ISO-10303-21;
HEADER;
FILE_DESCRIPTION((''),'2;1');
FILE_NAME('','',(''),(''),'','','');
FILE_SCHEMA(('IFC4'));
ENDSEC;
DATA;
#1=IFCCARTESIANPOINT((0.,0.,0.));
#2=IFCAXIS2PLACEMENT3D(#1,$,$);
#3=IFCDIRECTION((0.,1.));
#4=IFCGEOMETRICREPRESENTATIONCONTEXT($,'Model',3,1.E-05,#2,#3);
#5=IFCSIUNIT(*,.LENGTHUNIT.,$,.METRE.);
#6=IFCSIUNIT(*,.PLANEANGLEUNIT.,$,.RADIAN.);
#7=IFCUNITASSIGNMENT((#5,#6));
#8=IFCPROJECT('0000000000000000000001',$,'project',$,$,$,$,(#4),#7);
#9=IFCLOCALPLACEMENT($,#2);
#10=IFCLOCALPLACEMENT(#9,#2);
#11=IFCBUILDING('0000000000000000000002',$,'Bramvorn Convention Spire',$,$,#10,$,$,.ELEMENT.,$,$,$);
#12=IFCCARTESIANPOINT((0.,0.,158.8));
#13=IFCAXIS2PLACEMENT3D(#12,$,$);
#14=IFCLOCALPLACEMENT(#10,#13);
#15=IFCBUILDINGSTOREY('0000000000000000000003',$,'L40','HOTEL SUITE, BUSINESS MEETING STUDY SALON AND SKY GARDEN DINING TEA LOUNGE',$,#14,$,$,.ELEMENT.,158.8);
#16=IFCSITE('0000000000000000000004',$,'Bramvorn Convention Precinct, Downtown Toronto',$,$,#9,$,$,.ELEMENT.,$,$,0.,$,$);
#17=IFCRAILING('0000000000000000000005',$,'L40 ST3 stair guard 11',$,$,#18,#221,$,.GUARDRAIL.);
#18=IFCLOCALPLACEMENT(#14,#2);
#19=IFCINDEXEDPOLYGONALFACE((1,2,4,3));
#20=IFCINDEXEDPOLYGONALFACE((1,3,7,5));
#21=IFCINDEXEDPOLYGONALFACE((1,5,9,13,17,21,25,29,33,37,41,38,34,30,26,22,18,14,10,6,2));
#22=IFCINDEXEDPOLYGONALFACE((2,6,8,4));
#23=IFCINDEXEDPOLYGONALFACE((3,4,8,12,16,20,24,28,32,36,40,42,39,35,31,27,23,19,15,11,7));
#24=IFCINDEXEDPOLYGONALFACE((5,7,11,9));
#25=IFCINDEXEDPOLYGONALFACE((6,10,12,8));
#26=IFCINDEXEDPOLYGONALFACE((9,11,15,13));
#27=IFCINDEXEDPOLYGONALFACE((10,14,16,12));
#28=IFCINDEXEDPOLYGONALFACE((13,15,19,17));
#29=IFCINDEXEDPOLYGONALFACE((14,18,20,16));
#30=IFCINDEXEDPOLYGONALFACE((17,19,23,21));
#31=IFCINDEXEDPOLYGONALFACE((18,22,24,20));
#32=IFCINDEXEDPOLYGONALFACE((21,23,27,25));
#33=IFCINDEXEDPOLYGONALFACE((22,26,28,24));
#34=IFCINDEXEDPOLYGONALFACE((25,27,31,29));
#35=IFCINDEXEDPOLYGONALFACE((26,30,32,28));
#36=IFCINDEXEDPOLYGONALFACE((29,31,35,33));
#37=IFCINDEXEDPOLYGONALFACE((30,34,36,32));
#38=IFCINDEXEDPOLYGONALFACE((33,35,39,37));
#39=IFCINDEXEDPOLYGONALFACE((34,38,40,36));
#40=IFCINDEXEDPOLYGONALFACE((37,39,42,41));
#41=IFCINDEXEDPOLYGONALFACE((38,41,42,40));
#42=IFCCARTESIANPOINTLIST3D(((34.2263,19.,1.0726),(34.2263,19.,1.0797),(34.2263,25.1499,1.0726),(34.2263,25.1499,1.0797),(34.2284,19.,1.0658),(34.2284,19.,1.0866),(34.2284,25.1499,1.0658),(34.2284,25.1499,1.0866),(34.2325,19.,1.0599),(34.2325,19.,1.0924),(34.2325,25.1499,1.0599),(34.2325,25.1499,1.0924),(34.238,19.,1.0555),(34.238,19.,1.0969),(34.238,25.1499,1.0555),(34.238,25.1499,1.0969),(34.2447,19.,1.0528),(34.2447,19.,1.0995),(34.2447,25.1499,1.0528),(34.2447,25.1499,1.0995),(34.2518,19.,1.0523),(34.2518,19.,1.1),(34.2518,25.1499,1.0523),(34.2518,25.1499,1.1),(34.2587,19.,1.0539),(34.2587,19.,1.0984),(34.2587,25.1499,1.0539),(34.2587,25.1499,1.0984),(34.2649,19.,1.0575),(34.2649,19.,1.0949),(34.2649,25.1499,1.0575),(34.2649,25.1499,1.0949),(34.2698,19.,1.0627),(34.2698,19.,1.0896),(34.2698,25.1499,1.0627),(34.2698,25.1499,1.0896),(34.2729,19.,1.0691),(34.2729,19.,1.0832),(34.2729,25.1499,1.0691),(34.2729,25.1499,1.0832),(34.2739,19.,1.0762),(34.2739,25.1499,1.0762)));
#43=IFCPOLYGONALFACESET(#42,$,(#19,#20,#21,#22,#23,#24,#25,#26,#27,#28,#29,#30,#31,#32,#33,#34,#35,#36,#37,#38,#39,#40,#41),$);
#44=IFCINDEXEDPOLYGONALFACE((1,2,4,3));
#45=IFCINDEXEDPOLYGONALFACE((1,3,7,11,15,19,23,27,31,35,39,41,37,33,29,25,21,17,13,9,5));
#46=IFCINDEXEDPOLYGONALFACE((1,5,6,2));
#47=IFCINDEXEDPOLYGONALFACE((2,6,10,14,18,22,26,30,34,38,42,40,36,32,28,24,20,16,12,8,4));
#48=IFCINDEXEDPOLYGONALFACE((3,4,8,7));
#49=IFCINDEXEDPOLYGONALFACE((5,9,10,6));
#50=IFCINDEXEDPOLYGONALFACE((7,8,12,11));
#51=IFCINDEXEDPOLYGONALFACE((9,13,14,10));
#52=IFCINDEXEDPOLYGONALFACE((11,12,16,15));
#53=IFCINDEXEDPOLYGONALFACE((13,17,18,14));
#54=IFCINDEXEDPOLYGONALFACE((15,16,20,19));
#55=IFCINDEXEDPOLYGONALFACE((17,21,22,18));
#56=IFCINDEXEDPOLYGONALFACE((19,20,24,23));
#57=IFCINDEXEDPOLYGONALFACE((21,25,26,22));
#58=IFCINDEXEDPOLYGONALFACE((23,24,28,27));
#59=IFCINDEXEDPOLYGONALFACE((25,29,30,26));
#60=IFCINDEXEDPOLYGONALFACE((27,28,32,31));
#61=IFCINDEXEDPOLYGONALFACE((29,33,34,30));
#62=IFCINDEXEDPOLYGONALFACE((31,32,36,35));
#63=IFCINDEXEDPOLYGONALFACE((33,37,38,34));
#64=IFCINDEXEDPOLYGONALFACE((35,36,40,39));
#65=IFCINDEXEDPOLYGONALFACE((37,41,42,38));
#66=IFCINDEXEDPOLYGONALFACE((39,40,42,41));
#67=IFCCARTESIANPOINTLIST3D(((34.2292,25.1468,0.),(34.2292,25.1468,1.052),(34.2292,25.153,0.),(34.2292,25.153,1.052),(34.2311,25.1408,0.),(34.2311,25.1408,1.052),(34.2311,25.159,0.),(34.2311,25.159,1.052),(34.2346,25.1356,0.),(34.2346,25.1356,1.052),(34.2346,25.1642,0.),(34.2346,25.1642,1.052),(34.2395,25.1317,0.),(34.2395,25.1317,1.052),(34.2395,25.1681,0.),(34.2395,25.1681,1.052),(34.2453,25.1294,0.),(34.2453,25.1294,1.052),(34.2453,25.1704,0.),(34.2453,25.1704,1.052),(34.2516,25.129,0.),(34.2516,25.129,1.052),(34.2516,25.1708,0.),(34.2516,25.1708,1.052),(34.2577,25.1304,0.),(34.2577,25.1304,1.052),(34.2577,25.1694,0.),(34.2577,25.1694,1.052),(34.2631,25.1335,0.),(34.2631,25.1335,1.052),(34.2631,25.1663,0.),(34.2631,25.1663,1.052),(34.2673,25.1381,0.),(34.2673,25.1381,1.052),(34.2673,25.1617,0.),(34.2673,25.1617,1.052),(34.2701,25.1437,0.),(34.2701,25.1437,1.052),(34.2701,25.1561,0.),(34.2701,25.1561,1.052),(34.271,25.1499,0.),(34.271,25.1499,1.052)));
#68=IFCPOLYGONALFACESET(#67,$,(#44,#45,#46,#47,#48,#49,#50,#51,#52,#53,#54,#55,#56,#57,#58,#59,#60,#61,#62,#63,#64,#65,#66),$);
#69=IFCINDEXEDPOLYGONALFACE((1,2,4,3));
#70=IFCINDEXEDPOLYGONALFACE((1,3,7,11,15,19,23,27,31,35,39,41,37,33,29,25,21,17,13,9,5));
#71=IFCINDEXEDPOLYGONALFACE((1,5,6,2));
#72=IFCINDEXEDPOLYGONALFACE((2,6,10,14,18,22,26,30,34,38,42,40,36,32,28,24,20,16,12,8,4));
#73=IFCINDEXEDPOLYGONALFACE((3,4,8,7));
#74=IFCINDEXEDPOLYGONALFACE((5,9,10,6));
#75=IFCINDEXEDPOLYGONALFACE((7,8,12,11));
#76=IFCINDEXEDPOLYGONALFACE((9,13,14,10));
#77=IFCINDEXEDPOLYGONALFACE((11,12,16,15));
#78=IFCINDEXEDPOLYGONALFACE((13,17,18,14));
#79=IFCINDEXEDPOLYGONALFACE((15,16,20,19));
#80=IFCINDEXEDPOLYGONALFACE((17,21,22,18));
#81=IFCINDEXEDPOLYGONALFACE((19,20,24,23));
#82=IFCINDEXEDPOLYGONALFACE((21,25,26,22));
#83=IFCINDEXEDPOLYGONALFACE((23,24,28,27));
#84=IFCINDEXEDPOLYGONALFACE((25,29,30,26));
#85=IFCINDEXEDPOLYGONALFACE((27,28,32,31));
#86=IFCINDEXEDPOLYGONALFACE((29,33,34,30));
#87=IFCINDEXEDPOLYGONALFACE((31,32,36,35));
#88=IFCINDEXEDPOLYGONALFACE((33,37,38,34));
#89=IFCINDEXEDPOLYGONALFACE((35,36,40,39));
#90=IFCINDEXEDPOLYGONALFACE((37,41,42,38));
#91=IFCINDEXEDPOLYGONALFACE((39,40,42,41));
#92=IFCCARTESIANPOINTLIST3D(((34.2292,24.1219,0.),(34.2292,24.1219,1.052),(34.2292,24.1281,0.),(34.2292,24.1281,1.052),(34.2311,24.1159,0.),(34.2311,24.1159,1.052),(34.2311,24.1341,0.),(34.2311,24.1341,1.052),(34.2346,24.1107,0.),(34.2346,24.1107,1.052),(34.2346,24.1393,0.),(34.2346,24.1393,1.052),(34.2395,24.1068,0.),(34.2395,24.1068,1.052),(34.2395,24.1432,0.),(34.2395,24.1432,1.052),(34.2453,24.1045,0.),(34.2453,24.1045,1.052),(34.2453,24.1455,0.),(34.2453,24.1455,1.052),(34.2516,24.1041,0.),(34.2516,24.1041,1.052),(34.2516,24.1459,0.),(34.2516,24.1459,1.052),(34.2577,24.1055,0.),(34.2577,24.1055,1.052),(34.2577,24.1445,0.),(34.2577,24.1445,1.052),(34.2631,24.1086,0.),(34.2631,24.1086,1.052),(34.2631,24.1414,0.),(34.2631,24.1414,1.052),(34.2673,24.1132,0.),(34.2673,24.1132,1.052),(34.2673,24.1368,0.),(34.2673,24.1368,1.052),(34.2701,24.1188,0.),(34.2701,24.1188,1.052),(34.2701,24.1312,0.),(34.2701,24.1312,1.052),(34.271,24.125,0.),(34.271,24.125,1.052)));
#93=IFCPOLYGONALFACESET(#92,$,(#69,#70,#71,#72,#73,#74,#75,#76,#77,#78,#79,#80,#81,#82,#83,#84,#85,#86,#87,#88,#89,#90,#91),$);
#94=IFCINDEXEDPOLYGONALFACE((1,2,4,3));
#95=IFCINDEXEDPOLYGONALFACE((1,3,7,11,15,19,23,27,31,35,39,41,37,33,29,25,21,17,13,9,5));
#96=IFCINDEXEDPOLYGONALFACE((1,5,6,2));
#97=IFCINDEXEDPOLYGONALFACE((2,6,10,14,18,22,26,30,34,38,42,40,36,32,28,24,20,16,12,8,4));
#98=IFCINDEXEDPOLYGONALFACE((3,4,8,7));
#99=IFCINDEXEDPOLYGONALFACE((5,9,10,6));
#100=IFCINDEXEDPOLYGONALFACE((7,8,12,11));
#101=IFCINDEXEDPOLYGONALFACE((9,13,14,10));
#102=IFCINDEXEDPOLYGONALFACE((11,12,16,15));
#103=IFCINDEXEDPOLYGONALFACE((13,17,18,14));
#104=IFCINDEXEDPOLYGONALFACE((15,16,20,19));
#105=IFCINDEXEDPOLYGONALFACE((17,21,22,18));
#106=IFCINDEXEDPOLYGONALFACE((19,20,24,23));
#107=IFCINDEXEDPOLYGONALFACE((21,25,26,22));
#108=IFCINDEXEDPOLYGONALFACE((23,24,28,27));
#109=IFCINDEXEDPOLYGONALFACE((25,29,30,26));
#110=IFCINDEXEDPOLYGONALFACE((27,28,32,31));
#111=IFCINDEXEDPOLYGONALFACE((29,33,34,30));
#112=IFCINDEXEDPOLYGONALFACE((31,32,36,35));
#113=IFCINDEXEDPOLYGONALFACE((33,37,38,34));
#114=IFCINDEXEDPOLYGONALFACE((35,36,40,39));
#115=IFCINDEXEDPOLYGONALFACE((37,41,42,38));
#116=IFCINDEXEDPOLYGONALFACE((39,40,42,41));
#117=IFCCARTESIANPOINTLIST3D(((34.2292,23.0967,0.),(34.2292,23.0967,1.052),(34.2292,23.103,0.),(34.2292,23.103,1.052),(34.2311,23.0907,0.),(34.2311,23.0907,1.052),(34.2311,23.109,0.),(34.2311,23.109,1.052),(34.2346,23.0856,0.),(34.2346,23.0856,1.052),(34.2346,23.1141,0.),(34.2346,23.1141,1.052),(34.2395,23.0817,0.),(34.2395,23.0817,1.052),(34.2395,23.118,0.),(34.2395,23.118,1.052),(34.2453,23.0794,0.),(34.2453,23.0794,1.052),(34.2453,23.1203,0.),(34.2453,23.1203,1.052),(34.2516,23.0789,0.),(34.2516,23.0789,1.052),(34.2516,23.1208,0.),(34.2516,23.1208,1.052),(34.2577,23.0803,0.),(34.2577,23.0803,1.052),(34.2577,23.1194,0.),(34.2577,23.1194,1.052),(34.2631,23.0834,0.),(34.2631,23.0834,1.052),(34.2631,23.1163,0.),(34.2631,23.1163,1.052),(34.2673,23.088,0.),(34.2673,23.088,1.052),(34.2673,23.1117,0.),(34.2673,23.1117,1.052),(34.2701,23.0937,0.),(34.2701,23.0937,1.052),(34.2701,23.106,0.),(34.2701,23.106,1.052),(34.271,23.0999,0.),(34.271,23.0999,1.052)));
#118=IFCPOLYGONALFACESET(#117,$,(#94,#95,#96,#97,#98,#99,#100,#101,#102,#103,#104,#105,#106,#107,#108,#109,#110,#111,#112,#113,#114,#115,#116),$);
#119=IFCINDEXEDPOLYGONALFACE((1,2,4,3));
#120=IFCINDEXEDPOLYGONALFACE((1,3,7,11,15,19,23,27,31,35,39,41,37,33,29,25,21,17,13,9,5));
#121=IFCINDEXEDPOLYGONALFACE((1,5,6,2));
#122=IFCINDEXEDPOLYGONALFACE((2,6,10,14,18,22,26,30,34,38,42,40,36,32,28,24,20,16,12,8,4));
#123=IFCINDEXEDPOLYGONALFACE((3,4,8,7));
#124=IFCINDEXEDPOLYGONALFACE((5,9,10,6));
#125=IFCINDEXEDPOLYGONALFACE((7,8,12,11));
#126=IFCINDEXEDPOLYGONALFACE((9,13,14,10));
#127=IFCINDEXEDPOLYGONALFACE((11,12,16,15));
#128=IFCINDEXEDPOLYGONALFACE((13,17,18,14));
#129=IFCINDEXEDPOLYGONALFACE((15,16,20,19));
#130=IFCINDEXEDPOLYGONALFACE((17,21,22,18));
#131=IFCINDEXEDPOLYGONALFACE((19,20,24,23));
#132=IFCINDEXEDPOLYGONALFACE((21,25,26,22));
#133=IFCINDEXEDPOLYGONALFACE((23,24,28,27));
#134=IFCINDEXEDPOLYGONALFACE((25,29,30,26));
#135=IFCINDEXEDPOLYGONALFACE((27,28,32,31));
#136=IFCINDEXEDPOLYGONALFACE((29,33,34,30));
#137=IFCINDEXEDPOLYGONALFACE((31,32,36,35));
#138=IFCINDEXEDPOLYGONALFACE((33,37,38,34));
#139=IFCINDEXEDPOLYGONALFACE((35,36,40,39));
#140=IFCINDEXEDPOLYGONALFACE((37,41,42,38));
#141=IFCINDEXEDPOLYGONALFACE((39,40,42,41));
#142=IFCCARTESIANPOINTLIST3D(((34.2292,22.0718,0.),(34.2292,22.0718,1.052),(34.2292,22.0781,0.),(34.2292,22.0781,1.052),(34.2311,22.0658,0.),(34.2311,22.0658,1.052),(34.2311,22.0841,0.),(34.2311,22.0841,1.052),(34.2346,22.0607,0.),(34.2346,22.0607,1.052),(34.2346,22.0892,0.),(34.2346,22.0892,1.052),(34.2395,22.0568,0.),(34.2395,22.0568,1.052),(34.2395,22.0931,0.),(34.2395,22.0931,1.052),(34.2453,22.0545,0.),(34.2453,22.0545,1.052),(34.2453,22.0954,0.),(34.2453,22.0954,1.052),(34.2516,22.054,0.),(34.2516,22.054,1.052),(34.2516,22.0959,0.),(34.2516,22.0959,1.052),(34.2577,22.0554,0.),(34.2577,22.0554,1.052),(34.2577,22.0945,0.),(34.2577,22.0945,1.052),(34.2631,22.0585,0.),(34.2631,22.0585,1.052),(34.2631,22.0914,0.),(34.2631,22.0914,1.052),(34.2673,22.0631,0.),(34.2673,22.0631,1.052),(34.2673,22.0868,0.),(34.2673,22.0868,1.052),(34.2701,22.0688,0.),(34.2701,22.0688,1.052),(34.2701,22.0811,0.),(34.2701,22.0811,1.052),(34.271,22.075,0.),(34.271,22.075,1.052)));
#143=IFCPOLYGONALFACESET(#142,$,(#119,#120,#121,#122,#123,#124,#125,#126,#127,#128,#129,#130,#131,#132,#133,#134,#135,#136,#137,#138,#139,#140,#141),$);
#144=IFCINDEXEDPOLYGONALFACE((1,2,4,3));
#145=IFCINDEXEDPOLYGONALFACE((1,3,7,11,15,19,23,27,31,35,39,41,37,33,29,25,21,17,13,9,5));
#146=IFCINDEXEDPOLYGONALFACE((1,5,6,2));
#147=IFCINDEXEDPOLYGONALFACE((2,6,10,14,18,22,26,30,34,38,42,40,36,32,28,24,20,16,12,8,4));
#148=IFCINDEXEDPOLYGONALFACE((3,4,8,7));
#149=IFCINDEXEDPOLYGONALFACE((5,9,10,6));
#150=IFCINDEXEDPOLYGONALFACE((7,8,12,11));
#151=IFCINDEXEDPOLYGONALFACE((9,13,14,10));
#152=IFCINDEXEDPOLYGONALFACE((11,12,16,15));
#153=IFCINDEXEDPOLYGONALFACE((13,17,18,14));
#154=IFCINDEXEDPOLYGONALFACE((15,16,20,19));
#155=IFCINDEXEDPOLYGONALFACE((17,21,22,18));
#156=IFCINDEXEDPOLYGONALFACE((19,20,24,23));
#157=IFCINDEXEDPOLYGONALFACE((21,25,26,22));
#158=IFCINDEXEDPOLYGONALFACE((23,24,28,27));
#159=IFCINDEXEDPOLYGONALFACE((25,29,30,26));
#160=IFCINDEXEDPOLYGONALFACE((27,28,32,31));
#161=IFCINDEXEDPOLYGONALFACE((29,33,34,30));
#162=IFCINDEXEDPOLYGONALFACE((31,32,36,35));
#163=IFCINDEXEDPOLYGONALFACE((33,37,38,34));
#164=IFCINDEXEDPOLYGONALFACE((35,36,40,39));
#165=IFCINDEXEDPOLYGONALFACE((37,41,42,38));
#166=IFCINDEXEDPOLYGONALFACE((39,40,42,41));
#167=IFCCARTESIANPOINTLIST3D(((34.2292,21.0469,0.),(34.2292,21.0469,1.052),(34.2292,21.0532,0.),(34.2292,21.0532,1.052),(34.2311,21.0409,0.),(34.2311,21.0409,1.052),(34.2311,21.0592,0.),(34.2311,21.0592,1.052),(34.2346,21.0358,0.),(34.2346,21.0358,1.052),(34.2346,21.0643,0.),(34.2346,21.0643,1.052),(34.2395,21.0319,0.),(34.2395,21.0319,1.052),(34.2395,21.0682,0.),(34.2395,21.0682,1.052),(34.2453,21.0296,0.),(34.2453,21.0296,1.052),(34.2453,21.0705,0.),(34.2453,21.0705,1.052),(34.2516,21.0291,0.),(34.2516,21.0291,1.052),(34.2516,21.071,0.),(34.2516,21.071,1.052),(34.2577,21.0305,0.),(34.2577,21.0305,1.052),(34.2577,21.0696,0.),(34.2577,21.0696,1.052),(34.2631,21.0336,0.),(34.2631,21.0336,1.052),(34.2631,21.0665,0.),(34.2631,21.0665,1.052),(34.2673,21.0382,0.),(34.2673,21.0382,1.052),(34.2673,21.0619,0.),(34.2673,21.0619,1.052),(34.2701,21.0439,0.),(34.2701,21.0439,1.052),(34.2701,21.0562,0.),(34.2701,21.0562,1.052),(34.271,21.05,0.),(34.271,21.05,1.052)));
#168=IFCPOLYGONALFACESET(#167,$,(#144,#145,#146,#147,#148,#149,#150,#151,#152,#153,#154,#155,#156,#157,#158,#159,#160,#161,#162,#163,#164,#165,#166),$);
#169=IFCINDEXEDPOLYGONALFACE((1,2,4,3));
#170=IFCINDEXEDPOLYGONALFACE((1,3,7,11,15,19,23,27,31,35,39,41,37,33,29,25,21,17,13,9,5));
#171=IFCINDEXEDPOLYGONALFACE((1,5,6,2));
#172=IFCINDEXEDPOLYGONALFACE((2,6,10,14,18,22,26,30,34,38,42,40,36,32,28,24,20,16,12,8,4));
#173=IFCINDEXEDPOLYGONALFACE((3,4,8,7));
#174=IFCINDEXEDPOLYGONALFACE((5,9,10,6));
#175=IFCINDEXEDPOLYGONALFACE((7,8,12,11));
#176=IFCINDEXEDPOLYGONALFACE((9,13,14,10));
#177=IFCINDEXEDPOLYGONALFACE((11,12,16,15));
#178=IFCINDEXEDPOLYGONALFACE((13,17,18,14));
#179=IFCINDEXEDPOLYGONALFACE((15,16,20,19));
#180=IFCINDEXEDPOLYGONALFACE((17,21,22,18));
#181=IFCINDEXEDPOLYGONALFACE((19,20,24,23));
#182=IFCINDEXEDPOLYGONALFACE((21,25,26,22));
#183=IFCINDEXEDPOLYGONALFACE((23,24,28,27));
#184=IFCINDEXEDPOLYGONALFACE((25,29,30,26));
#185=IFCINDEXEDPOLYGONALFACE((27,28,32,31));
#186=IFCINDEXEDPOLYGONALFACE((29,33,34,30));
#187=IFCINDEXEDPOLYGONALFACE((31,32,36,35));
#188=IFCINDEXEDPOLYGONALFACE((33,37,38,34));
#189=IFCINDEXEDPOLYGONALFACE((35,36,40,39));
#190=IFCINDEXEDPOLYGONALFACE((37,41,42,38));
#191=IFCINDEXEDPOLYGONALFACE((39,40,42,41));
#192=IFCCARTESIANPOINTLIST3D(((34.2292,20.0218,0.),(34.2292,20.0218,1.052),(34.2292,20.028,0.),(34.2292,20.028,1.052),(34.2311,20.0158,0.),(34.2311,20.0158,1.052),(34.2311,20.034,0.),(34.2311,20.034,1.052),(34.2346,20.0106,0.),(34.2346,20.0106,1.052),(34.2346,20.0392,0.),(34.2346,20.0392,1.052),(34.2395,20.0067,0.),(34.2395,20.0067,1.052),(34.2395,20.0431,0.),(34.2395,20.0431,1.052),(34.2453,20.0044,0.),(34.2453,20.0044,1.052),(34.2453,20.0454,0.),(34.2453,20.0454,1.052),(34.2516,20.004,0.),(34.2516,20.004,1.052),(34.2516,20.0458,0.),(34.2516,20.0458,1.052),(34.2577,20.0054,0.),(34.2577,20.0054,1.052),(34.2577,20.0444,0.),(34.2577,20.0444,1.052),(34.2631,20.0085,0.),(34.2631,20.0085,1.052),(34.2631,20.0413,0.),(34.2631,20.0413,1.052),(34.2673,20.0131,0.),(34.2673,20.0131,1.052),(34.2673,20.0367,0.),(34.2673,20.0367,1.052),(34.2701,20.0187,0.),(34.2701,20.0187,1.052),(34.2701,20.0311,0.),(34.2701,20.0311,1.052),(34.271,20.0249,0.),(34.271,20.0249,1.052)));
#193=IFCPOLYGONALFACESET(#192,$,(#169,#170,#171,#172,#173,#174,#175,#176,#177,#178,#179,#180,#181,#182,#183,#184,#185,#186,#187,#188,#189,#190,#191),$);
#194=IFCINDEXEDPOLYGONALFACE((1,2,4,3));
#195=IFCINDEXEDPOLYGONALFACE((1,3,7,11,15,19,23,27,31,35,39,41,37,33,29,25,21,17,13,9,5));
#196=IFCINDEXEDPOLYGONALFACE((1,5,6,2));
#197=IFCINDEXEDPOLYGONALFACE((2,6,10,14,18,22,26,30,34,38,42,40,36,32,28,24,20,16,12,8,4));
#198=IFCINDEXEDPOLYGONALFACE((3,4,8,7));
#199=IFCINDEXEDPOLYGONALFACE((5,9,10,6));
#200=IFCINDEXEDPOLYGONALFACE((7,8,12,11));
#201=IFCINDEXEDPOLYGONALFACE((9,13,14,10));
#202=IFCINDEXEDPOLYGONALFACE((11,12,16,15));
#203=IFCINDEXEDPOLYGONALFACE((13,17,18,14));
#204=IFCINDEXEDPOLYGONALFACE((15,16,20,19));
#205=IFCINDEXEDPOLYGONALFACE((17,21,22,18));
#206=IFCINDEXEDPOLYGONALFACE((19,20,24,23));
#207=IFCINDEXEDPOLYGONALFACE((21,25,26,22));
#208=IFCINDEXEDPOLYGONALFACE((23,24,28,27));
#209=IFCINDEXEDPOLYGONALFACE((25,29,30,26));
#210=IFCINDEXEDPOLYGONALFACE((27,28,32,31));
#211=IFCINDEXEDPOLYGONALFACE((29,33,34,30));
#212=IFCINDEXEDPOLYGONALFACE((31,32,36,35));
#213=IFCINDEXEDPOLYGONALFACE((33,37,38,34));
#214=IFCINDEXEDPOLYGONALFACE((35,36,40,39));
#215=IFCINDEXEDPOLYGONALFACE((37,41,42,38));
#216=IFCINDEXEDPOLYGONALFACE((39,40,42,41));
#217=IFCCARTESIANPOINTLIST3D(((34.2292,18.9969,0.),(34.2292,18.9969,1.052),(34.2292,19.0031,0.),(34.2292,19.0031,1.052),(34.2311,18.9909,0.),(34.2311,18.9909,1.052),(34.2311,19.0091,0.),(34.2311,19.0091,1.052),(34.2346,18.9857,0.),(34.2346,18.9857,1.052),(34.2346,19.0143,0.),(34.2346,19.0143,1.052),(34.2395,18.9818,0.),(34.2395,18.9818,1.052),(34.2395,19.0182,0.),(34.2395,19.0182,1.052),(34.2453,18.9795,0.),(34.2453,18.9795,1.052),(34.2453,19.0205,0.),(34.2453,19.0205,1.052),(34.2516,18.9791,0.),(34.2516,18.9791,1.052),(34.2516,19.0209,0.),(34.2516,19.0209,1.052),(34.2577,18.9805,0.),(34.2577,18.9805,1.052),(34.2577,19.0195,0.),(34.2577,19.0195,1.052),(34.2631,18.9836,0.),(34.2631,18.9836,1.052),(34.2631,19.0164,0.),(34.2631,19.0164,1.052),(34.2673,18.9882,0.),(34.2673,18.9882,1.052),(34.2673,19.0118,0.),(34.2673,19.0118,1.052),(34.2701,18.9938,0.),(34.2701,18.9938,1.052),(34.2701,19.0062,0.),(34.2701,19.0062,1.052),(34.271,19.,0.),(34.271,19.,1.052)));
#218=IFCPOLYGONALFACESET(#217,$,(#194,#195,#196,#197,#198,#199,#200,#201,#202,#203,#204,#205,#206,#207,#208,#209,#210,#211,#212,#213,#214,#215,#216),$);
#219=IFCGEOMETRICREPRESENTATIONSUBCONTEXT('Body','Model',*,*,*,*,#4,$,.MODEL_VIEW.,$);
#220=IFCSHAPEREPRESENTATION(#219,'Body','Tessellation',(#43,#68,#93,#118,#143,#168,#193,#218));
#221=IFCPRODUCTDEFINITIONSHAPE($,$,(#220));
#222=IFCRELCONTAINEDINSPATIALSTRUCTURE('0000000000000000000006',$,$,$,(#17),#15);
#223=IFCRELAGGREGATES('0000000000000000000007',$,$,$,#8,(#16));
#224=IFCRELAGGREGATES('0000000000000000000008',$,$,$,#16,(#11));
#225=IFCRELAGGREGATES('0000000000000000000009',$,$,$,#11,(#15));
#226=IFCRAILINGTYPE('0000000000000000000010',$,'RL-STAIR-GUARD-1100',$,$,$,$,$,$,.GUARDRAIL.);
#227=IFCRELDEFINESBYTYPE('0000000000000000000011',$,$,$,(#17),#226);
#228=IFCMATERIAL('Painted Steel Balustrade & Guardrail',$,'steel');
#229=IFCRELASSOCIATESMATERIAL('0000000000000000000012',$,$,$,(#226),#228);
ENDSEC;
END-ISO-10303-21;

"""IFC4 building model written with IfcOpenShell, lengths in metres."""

from ifc_helpers import new_model, si_unit, direction, frame, origin, origin_2d, place, context, subcontext, project, spatial, circle, extrude, material, type_object, element, save


model = new_model("IFC4")

# Units and contexts
model_context = context("Model", 3, precision=1e-05, world=origin(), true_north=direction((0.0, 1.0)))
body_context = subcontext(model_context, "Body", "Model", "MODEL_VIEW")
ifc_project = project(units=[si_unit("LENGTHUNIT", "METRE"), si_unit("PLANEANGLEUNIT", "RADIAN")], contexts=[model_context])

# Site, building, storey
site_placement = place(None, origin())
site = spatial("IfcSite", under=ifc_project, at=site_placement, Name="Bramvorn Convention Precinct, Downtown Toronto", CompositionType="ELEMENT", RefElevation=0.0)
building_placement = place(site_placement, origin())
building = spatial("IfcBuilding", under=site, at=building_placement, Name="Bramvorn Convention Spire", CompositionType="ELEMENT")
storey_placement = place(building_placement, frame((0.0, 0.0, 158.8)))
storey = spatial("IfcBuildingStorey", under=building, at=storey_placement, Name="L40", Description="HOTEL SUITE, BUSINESS MEETING STUDY SALON AND SKY GARDEN DINING TEA LOUNGE", CompositionType="ELEMENT", Elevation=158.8)

# Railing
ifc_material_1 = material(Name="Painted Steel Balustrade & Guardrail", Category="steel")
railing_type_1 = type_object("IfcRailingType", Name="RL-STAIR-GUARD-1100", PredefinedType="GUARDRAIL", material=ifc_material_1)
railing_1_placement = place(storey_placement, frame((34.25, 25.1499, 0.0)))
element("IfcRailing", 1, at=railing_1_placement, inside=storey, type_object=railing_type_1, Name="L40 ST3 stair guard 11", PredefinedType="GUARDRAIL", context=body_context, shape_type="SweptSolid", body=[
    extrude(circle(Radius=0.0239, at=origin_2d()), frame((0.0, 0.0, 1.0762), z_axis=(0.0, -1.0, 0.0), x_axis=(1.0, 0.0, 0.0)), (0.0, 0.0, 1.0), 6.1499),
    extrude(circle(Radius=0.021, at=origin_2d()), origin(), (0.0, 0.0, 1.0), 1.052),
    extrude(circle(Radius=0.021, at=origin_2d()), frame((0.0, -1.0249, 0.0)), (0.0, 0.0, 1.0), 1.052),
    extrude(circle(Radius=0.021, at=origin_2d()), frame((0.0, -2.05, 0.0)), (0.0, 0.0, 1.0), 1.052),
    extrude(circle(Radius=0.021, at=origin_2d()), frame((0.0, -3.075, 0.0)), (0.0, 0.0, 1.0), 1.052),
    extrude(circle(Radius=0.021, at=origin_2d()), frame((0.0, -4.0999, 0.0)), (0.0, 0.0, 1.0), 1.052),
    extrude(circle(Radius=0.021, at=origin_2d()), frame((0.0, -5.125, 0.0)), (0.0, 0.0, 1.0), 1.052),
    extrude(circle(Radius=0.021, at=origin_2d()), frame((0.0, -6.1499, 0.0)), (0.0, 0.0, 1.0), 1.052),
])

save(model, "model.ifc")
